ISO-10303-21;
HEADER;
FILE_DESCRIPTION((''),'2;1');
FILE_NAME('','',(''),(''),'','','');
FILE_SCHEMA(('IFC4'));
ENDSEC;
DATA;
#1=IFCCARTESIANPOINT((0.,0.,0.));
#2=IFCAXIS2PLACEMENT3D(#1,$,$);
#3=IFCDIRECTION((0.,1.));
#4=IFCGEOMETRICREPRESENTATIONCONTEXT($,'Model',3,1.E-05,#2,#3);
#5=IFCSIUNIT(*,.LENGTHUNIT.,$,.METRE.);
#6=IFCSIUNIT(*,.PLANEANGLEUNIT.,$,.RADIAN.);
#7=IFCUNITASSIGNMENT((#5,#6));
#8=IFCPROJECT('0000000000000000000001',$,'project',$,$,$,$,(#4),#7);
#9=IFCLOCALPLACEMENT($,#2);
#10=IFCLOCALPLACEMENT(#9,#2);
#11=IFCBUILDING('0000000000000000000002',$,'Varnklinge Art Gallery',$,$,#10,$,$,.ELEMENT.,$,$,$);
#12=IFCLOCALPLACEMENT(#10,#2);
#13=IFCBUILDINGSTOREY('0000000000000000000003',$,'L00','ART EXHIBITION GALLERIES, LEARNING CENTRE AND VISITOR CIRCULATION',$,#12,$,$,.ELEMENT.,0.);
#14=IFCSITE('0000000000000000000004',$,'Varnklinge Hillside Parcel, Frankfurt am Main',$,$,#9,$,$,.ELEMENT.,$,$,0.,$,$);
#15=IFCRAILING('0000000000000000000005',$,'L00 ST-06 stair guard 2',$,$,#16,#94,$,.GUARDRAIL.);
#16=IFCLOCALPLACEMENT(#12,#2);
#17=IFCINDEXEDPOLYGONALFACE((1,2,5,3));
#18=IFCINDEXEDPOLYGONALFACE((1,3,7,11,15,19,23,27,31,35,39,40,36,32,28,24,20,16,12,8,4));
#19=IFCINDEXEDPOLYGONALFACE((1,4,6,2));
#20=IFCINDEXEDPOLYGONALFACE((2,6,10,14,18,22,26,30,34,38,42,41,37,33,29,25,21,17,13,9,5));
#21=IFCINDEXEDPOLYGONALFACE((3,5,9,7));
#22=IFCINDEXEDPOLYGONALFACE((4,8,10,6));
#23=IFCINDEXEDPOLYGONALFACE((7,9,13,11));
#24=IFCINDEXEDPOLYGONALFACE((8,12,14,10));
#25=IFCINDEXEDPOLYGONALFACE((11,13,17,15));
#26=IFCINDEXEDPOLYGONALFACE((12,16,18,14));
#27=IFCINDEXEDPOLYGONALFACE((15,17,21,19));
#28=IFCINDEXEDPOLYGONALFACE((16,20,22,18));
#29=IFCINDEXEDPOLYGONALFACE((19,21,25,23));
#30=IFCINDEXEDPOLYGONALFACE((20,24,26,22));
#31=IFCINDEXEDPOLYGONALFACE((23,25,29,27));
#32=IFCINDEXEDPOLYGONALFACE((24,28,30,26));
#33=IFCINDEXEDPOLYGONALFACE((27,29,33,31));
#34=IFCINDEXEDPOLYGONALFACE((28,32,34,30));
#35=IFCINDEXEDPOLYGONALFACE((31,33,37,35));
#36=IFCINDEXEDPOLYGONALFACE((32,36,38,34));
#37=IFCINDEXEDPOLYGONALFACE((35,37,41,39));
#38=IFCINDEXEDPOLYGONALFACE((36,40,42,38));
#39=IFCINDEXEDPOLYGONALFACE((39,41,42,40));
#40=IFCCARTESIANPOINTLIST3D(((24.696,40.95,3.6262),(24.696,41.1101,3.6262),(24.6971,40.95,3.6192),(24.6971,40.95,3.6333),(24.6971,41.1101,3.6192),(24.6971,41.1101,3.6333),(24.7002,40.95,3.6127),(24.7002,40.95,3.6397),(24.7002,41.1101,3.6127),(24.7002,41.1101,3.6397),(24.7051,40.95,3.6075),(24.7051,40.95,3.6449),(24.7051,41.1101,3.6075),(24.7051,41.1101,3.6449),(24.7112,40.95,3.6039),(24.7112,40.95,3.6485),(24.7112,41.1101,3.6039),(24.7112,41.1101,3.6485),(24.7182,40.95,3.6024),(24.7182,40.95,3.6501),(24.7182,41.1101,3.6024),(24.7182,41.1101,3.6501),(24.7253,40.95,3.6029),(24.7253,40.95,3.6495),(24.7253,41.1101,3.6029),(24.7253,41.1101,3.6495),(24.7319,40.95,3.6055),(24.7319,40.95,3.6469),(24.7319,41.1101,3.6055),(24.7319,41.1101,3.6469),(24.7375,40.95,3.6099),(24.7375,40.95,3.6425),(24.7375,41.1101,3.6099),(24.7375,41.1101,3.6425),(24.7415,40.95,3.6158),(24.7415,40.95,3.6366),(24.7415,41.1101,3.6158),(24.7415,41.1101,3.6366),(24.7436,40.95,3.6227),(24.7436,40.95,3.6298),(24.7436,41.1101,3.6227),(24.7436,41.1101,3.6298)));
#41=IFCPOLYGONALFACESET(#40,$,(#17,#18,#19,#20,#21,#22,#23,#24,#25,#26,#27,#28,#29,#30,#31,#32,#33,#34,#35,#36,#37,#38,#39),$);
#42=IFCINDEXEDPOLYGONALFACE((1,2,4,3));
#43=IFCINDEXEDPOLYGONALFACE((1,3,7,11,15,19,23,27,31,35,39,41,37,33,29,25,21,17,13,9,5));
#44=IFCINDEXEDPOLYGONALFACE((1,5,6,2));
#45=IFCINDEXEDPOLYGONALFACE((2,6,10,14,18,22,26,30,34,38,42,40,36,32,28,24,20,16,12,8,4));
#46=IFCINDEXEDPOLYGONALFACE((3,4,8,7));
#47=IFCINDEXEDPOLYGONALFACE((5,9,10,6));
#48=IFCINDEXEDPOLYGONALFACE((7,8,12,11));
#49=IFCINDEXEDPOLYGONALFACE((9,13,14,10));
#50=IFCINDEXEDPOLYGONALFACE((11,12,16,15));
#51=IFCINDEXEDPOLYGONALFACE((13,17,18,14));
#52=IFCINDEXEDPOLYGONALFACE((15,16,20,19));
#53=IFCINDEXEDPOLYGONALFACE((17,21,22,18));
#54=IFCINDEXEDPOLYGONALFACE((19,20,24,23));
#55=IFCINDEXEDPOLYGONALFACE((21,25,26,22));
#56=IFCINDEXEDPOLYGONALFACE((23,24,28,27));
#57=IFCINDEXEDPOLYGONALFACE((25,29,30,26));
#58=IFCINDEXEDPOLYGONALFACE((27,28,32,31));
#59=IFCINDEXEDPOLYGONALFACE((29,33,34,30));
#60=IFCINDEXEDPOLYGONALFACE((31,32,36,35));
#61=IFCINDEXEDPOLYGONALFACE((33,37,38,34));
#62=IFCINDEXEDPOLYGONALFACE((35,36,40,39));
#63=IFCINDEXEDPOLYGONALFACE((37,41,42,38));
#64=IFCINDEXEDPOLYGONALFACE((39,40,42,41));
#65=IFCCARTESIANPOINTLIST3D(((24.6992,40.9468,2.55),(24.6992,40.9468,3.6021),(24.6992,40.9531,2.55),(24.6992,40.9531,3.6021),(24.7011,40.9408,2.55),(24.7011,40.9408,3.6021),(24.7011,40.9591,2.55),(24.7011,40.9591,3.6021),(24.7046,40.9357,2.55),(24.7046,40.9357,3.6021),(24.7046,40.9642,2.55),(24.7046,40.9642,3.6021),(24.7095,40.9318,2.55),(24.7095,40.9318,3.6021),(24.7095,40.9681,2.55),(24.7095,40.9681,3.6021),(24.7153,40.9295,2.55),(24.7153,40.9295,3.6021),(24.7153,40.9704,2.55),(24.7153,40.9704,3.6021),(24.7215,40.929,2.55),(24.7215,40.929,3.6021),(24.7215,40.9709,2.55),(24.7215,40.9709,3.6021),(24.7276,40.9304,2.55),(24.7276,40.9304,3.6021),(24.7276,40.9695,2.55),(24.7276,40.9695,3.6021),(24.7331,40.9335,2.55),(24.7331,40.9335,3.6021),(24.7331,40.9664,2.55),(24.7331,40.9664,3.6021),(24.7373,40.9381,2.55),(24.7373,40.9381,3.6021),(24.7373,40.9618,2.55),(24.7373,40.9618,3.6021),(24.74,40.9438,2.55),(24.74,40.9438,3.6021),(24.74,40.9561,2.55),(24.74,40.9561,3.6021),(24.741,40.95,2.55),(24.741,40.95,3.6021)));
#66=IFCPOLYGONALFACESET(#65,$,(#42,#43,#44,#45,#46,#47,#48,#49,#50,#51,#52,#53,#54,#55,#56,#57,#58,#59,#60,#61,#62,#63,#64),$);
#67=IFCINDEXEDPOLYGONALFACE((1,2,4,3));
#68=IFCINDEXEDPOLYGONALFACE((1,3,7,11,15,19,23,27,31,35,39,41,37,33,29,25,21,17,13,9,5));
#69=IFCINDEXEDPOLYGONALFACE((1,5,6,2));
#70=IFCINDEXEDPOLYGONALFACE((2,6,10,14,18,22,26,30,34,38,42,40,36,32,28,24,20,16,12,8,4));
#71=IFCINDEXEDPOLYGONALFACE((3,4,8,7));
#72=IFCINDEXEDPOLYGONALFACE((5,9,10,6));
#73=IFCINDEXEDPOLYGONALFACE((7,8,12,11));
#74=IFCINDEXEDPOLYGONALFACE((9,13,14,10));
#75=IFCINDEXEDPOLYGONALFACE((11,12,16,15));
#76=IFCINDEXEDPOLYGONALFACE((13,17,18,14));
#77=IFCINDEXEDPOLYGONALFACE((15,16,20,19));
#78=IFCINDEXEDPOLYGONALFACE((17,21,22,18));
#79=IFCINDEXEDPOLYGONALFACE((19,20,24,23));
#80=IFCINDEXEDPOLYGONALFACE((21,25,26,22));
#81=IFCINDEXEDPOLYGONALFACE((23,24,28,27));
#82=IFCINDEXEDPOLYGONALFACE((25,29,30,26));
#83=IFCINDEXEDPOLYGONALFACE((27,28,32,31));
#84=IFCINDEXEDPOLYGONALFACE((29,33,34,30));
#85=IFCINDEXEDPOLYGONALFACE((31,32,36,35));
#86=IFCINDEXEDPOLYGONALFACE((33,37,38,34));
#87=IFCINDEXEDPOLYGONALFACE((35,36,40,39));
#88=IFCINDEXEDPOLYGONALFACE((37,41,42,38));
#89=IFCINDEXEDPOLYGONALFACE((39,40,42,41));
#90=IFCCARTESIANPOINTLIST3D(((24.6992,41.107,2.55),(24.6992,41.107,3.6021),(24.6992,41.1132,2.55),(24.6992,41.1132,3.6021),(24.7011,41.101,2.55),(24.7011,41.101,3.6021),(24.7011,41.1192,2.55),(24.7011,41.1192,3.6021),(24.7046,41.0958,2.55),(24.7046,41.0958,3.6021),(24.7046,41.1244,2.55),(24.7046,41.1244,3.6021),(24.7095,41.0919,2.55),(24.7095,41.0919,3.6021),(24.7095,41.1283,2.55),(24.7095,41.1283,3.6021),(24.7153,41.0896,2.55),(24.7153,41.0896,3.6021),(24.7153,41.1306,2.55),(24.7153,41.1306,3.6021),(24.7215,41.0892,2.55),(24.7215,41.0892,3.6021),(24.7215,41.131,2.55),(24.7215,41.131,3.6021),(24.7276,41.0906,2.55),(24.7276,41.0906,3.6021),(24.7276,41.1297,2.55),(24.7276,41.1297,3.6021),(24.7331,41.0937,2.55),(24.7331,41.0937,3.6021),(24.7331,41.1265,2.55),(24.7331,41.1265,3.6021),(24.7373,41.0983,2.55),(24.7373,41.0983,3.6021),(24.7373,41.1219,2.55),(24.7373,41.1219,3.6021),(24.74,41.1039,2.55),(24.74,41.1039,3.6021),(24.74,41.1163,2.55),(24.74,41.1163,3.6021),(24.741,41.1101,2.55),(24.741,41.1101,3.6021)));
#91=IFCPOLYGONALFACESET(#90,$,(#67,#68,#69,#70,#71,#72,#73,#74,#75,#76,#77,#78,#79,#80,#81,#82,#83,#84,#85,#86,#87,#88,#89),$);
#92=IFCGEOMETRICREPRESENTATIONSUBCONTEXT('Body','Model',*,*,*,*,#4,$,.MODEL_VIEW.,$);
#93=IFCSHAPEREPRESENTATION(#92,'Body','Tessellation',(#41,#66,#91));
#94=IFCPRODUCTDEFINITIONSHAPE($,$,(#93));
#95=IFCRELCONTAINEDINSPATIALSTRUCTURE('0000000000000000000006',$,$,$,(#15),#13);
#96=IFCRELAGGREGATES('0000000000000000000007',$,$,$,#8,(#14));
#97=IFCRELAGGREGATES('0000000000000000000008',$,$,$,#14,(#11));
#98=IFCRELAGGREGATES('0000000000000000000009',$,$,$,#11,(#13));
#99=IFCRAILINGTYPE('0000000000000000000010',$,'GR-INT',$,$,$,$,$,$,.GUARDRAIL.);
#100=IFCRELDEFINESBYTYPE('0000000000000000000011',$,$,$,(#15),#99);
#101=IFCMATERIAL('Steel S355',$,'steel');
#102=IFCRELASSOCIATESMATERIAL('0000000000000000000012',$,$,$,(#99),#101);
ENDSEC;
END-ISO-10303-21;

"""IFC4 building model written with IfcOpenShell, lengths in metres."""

from ifc_helpers import new_model, si_unit, direction, frame, origin, origin_2d, place, context, subcontext, project, spatial, circle, extrude, material, type_object, element, save


model = new_model("IFC4")

# Units and contexts
model_context = context("Model", 3, precision=1e-05, world=origin(), true_north=direction((0.0, 1.0)))
body_context = subcontext(model_context, "Body", "Model", "MODEL_VIEW")
ifc_project = project(units=[si_unit("LENGTHUNIT", "METRE"), si_unit("PLANEANGLEUNIT", "RADIAN")], contexts=[model_context])

# Site, building, storey
site_placement = place(None, origin())
site = spatial("IfcSite", under=ifc_project, at=site_placement, Name="Varnklinge Hillside Parcel, Frankfurt am Main", CompositionType="ELEMENT", RefElevation=0.0)
building_placement = place(site_placement, origin())
building = spatial("IfcBuilding", under=site, at=building_placement, Name="Varnklinge Art Gallery", CompositionType="ELEMENT")
storey_placement = place(building_placement, origin())
storey = spatial("IfcBuildingStorey", under=building, at=storey_placement, Name="L00", Description="ART EXHIBITION GALLERIES, LEARNING CENTRE AND VISITOR CIRCULATION", CompositionType="ELEMENT", Elevation=0.0)

# Railing
ifc_material_1 = material(Name="Steel S355", Category="steel")
railing_type_1 = type_object("IfcRailingType", Name="GR-INT", PredefinedType="GUARDRAIL", material=ifc_material_1)
railing_1_placement = place(storey_placement, frame((24.72, 40.95, 2.55)))
element("IfcRailing", 1, at=railing_1_placement, inside=storey, type_object=railing_type_1, Name="L00 ST-06 stair guard 2", PredefinedType="GUARDRAIL", context=body_context, shape_type="SweptSolid", body=[
    extrude(circle(Radius=0.0239, at=origin_2d()), frame((0.0, 0.0, 1.0762), z_axis=(0.0, 1.0, 0.0), x_axis=(-1.0, 0.0, 0.0)), (0.0, 0.0, 1.0), 0.1602),
    extrude(circle(Radius=0.021, at=origin_2d()), origin(), (0.0, 0.0, 1.0), 1.052),
    extrude(circle(Radius=0.021, at=origin_2d()), frame((0.0, 0.1602, 0.0)), (0.0, 0.0, 1.0), 1.052),
])

save(model, "model.ifc")
